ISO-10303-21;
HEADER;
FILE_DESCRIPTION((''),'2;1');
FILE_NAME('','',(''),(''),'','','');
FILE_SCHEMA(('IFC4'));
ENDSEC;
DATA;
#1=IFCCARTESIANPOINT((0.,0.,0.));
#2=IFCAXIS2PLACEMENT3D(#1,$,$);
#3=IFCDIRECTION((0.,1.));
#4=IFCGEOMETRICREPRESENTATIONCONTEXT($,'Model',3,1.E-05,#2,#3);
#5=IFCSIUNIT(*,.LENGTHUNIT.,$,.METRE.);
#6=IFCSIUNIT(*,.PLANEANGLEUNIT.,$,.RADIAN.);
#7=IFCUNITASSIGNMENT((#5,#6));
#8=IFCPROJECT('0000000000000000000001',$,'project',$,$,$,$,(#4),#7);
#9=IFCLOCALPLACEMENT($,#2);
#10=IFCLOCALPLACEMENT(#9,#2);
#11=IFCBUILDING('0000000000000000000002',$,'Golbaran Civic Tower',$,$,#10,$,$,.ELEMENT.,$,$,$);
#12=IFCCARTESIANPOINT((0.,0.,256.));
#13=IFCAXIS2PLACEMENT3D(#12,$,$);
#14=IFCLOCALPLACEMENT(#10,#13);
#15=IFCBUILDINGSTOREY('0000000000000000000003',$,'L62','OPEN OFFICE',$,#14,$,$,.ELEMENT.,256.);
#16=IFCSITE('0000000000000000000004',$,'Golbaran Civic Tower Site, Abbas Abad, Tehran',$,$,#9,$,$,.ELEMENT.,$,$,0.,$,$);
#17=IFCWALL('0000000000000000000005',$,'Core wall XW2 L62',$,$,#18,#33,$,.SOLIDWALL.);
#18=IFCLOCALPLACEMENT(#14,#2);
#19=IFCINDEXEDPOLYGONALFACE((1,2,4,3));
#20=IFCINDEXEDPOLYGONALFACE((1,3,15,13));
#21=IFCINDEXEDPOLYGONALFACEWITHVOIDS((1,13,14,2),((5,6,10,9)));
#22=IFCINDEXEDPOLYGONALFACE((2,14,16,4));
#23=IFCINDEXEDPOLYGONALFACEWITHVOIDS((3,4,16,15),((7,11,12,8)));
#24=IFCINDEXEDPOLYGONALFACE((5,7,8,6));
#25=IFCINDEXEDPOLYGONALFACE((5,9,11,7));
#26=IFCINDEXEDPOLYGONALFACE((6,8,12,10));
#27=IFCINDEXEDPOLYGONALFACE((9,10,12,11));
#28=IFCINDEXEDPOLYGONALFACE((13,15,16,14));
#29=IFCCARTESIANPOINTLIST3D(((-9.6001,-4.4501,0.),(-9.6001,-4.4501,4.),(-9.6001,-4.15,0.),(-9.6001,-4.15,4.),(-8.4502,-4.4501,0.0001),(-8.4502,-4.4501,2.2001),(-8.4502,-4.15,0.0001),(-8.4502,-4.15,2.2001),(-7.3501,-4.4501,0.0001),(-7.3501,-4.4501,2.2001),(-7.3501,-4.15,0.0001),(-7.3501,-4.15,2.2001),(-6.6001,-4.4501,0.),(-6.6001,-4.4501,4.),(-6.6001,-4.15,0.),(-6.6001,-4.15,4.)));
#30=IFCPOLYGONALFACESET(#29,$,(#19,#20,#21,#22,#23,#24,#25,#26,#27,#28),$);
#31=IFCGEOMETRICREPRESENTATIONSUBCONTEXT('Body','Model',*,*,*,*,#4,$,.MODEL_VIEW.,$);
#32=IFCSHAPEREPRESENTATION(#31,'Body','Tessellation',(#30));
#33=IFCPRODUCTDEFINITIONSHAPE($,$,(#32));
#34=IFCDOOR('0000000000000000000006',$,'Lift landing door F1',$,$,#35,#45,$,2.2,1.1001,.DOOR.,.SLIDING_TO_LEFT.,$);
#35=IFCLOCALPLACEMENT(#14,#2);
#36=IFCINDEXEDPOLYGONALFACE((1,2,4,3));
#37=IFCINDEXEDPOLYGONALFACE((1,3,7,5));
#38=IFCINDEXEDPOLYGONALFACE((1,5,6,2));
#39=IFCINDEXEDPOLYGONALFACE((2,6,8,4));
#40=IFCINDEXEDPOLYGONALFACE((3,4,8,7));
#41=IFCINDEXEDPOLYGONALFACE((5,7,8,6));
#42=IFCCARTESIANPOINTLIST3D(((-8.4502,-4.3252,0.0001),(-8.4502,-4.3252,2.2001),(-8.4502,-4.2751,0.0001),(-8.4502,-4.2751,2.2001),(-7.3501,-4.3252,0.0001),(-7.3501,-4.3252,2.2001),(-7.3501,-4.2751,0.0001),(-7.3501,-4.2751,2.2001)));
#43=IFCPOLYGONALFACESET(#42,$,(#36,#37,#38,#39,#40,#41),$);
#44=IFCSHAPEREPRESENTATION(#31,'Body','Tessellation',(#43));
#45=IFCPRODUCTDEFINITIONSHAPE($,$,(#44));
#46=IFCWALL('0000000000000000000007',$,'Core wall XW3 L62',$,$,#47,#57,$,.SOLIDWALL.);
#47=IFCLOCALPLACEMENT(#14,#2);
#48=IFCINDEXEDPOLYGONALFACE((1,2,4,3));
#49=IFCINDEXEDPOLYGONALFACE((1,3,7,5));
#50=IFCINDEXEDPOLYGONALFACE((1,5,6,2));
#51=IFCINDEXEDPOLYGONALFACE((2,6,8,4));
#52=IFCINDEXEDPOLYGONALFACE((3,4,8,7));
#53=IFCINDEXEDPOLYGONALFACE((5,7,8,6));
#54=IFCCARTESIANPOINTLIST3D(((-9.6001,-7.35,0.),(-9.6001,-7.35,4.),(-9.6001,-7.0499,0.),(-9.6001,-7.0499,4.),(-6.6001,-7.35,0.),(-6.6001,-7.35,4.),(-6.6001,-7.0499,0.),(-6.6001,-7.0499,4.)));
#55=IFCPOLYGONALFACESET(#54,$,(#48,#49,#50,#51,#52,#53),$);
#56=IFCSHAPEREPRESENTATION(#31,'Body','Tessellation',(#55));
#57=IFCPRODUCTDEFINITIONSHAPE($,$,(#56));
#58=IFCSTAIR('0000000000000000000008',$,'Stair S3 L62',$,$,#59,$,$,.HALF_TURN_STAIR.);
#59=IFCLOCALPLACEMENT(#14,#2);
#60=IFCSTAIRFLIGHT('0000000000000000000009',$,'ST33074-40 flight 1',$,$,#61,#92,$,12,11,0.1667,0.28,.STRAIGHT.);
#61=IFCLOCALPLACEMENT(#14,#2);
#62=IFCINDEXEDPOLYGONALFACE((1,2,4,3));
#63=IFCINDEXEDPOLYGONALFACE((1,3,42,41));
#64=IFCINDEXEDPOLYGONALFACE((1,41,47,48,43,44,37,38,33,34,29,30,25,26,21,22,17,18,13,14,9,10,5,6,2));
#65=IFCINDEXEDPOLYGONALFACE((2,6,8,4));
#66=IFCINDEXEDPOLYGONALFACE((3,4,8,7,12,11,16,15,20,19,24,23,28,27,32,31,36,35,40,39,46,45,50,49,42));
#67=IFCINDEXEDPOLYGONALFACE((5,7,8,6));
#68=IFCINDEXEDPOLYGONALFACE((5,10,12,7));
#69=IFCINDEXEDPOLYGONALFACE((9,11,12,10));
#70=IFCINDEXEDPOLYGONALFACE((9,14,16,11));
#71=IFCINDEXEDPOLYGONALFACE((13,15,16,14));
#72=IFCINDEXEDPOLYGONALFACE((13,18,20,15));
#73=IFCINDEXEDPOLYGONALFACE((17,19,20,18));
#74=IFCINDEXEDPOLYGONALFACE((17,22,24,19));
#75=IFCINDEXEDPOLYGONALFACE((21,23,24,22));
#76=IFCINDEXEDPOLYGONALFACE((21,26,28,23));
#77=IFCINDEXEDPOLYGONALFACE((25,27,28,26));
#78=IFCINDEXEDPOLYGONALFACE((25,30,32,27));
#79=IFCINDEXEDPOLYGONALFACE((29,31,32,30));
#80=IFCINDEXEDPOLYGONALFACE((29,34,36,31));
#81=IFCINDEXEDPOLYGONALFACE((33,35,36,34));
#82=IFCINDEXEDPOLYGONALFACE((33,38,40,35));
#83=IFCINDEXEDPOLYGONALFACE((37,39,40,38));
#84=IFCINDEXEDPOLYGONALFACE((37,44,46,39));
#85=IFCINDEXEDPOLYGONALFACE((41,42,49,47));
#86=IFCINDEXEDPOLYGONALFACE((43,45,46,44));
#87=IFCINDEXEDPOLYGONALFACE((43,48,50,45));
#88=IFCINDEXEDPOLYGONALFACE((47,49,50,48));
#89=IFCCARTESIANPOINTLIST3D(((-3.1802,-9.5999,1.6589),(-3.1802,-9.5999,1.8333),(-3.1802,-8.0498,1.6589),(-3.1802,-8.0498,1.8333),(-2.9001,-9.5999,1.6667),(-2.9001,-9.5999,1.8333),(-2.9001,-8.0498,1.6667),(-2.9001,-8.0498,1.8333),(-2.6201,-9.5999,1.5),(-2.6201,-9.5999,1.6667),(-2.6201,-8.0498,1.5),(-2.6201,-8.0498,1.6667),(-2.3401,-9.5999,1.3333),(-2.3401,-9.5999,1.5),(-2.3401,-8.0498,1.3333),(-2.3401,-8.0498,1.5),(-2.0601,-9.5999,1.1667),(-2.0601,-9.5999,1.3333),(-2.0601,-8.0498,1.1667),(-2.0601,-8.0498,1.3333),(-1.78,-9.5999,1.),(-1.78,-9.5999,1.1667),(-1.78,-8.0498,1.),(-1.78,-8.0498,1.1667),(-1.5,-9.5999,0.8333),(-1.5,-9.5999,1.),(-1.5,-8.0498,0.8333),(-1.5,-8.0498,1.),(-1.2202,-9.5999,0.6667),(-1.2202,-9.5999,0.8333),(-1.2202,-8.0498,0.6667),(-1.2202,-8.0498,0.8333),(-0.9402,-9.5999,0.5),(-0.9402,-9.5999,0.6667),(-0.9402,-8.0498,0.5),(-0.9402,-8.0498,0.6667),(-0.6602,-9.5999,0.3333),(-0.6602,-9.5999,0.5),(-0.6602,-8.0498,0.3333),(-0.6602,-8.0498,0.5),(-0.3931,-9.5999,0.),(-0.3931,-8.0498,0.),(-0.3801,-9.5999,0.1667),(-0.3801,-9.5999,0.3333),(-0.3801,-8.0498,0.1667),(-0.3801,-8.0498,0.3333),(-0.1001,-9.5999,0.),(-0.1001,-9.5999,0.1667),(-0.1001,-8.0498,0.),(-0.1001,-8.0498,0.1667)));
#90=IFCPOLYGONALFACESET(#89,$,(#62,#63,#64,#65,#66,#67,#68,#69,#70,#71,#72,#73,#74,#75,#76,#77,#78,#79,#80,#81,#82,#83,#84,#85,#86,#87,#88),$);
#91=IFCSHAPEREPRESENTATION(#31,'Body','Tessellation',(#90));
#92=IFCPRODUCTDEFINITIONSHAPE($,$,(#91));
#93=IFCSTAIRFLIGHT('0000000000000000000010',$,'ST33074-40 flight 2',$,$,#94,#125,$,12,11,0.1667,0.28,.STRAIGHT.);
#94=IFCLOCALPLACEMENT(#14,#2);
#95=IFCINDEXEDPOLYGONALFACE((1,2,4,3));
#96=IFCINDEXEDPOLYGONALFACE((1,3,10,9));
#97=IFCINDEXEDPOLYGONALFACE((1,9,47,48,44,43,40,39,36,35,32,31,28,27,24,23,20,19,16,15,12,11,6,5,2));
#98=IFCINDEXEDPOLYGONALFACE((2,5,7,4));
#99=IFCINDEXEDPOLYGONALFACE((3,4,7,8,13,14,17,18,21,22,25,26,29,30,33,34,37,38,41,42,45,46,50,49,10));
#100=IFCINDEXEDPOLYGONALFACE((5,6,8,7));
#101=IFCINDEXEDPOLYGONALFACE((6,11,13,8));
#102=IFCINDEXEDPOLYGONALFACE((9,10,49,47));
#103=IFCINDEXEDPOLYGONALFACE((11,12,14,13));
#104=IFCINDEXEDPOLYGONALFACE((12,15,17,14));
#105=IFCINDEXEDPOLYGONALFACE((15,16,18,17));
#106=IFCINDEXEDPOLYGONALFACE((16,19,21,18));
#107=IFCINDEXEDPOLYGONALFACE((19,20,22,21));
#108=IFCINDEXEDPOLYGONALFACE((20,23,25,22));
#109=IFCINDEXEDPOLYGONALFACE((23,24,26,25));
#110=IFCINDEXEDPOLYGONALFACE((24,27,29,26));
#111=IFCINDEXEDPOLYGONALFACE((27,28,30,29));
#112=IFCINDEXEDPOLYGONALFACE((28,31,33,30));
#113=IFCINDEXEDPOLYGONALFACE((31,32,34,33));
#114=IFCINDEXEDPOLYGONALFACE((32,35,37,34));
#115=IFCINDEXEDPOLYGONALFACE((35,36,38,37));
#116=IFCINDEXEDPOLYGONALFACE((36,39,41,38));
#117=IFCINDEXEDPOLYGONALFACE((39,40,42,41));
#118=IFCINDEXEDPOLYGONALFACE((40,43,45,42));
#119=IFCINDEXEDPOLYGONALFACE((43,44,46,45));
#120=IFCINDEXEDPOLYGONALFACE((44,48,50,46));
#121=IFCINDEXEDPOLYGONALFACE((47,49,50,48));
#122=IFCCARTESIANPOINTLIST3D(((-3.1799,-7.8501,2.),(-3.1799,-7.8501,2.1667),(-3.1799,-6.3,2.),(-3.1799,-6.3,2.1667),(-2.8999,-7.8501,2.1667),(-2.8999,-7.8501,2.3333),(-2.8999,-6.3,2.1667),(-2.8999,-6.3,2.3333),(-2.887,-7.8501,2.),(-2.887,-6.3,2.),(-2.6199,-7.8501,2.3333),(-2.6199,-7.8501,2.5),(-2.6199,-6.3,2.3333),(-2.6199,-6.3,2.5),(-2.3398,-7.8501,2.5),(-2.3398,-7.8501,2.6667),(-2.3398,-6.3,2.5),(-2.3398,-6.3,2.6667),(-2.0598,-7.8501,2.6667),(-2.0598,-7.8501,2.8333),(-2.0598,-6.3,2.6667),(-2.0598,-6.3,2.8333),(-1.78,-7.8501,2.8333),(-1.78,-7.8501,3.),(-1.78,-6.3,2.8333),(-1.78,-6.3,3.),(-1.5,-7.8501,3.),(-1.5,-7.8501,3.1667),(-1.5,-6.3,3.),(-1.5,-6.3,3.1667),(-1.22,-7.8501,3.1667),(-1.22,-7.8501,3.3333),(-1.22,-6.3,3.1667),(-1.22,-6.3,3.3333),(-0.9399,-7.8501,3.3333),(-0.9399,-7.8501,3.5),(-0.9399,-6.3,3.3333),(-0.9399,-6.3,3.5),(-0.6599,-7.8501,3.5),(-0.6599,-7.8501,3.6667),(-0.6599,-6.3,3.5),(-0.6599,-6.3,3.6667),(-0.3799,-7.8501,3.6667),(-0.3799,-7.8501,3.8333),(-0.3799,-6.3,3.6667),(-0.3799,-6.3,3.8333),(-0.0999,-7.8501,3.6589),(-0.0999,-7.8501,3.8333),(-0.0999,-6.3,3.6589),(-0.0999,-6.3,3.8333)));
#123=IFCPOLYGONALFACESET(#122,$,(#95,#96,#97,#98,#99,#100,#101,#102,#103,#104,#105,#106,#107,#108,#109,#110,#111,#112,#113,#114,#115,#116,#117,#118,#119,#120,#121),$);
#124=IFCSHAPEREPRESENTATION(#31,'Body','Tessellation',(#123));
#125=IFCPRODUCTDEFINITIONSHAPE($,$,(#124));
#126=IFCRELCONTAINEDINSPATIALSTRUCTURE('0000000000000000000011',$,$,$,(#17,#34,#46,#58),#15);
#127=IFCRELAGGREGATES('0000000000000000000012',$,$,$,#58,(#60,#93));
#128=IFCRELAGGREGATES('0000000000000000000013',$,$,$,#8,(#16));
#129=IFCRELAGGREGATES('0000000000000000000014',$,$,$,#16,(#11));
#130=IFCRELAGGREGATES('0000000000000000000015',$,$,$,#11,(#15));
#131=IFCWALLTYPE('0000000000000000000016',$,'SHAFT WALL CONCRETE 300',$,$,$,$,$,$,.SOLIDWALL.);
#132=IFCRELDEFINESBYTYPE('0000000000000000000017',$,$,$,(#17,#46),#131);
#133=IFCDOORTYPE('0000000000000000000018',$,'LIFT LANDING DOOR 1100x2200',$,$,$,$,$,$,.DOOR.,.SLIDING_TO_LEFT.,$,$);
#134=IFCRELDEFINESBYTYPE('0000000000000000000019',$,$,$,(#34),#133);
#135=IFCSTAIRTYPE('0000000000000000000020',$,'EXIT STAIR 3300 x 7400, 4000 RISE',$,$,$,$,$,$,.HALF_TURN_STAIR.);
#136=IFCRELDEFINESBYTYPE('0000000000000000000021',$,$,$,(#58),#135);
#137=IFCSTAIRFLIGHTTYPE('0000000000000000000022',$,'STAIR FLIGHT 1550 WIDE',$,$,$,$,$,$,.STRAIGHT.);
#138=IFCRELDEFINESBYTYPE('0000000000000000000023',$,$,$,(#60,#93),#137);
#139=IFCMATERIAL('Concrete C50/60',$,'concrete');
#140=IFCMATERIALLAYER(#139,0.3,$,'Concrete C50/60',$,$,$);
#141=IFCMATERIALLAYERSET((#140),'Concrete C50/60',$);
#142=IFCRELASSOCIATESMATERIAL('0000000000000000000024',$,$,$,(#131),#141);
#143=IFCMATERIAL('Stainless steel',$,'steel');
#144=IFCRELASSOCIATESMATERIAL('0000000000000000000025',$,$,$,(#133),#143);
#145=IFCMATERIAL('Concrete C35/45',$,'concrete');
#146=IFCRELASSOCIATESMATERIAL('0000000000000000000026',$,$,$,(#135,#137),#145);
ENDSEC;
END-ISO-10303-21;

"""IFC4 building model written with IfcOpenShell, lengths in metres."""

from ifc_helpers import new_model, si_unit, direction, frame, frame_2d, origin, place, context, subcontext, project, spatial, polyline, rectangle, outline, extrude, material, layer, layer_set, type_object, element, fill, aggregate, save


model = new_model("IFC4")

# Units and contexts
model_context = context("Model", 3, precision=1e-05, world=origin(), true_north=direction((0.0, 1.0)))
body_context = subcontext(model_context, "Body", "Model", "MODEL_VIEW")
ifc_project = project(units=[si_unit("LENGTHUNIT", "METRE"), si_unit("PLANEANGLEUNIT", "RADIAN")], contexts=[model_context])

# Site, building, storey
site_placement = place(None, origin())
site = spatial("IfcSite", under=ifc_project, at=site_placement, Name="Golbaran Civic Tower Site, Abbas Abad, Tehran", CompositionType="ELEMENT", RefElevation=0.0)
building_placement = place(site_placement, origin())
building = spatial("IfcBuilding", under=site, at=building_placement, Name="Golbaran Civic Tower", CompositionType="ELEMENT")
storey_placement = place(building_placement, frame((0.0, 0.0, 256.0)))
storey = spatial("IfcBuildingStorey", under=building, at=storey_placement, Name="L62", Description="OPEN OFFICE", CompositionType="ELEMENT", Elevation=256.0)

# Shared definitions
ifc_material_1 = material(Name="Concrete C50/60", Category="concrete")

# Shared definitions
ifc_layer_1 = layer(ifc_material_1, 0.3, Name="Concrete C50/60")
ifc_layer_set_1 = layer_set([ifc_layer_1], Name="Concrete C50/60")
wall_type_1 = type_object("IfcWallType", Name="SHAFT WALL CONCRETE 300", PredefinedType="SOLIDWALL", material=ifc_layer_set_1)

# Wall, opening, door
wall_1_placement = place(storey_placement, frame((-9.6001, -4.3, 0.0), z_axis=(0.0, 0.0, 1.0), x_axis=(1.0, 0.0, 0.0)))
wall_1 = element("IfcWall", 1, at=wall_1_placement, inside=storey, type_object=wall_type_1, Name="Core wall XW2 L62", PredefinedType="SOLIDWALL", context=body_context, shape_type="SweptSolid", body=[
    extrude(rectangle(XDim=3.0, YDim=0.3, at=frame_2d((1.5, 0.0))), origin(), (0.0, 0.0, 1.0), 4.0),
])
opening_1_placement = place(wall_1_placement, frame((1.1499, 0.0, 0.0)))
opening_1 = element("IfcOpeningElement", 2, at=opening_1_placement, cuts=wall_1, PredefinedType="OPENING", context=body_context, shape_type="SweptSolid", body=[
    extrude(rectangle(XDim=1.1001, YDim=2.2, at=frame_2d((0.55, 1.1001))), frame((0.0, 0.1599, 0.0), z_axis=(0.0, -1.0, 0.0), x_axis=(1.0, 0.0, 0.0)), (0.0, 0.0, 1.0), 0.3201),
])
ifc_material_2 = material(Name="Stainless steel", Category="steel")
door_type_1 = type_object("IfcDoorType", Name="LIFT LANDING DOOR 1100x2200", OperationType="SLIDING_TO_LEFT", PredefinedType="DOOR", material=ifc_material_2)
door_1_placement = place(opening_1_placement, origin())
door_1 = element("IfcDoor", 3, at=door_1_placement, inside=storey, type_object=door_type_1, Name="Lift landing door F1", OperationType="SLIDING_TO_LEFT", OverallHeight=2.2, OverallWidth=1.1001, PredefinedType="DOOR", context=body_context, shape_type="SweptSolid", body=[
    extrude(rectangle(XDim=1.1001, YDim=2.2, at=frame_2d((0.55, 1.1001))), frame((0.0, 0.0249, 0.0), z_axis=(0.0, -1.0, 0.0), x_axis=(1.0, 0.0, 0.0)), (0.0, 0.0, 1.0), 0.05),
])
fill(opening_1, door_1)

# Wall
wall_2_placement = place(storey_placement, frame((-9.6001, -7.2, 0.0), z_axis=(0.0, 0.0, 1.0), x_axis=(1.0, 0.0, 0.0)))
element("IfcWall", 4, at=wall_2_placement, inside=storey, type_object=wall_type_1, Name="Core wall XW3 L62", PredefinedType="SOLIDWALL", context=body_context, shape_type="SweptSolid", body=[
    extrude(rectangle(XDim=3.0, YDim=0.3, at=frame_2d((1.5, 0.0))), origin(), (0.0, 0.0, 1.0), 4.0),
])

# Stair, stair flights
ifc_material_3 = material(Name="Concrete C35/45", Category="concrete")
stair_type = type_object("IfcStairType", Name="EXIT STAIR 3300 x 7400, 4000 RISE", PredefinedType="HALF_TURN_STAIR", material=ifc_material_3)
stair_placement = place(storey_placement, origin())
stair = element("IfcStair", 5, at=stair_placement, inside=storey, type_object=stair_type, Name="Stair S3 L62", PredefinedType="HALF_TURN_STAIR")
stair_flight_type = type_object("IfcStairFlightType", Name="STAIR FLIGHT 1550 WIDE", PredefinedType="STRAIGHT", material=ifc_material_3)
stair_flight_1_placement = place(storey_placement, frame((-0.1001, -8.825, 0.0), z_axis=(0.0, 0.0, 1.0), x_axis=(-1.0, 0.0, 0.0)))
stair_flight_1 = element("IfcStairFlight", 6, at=stair_flight_1_placement, type_object=stair_flight_type, Name="ST33074-40 flight 1", NumberOfRisers=12, NumberOfTreads=11, PredefinedType="STRAIGHT", RiserHeight=0.1667, TreadLength=0.28, context=body_context, shape_type="SweptSolid", body=[
    extrude(outline(polyline([(0.0, 0.0), (0.0, 0.1667), (0.28, 0.1667), (0.28, 0.3333), (0.5601, 0.3333), (0.5601, 0.5), (0.8401, 0.5), (0.8401, 0.6667), (1.1201, 0.6667), (1.1201, 0.8333), (1.3999, 0.8333), (1.3999, 1.0), (1.6799, 1.0), (1.6799, 1.1667), (1.96, 1.1667), (1.96, 1.3333), (2.24, 1.3333), (2.24, 1.5), (2.52, 1.5), (2.52, 1.6667), (2.8, 1.6667), (2.8, 1.8333), (3.0801, 1.8333), (3.0801, 2.0), (3.0801, 1.6589), (0.293, 0.0), (0.0, 0.0)])), frame((0.0, 0.7749, 0.0), z_axis=(0.0, -1.0, 0.0), x_axis=(1.0, 0.0, 0.0)), (0.0, 0.0, 1.0), 1.55),
])
stair_flight_2_placement = place(storey_placement, frame((-3.1799, -7.075, 2.0), z_axis=(0.0, 0.0, 1.0), x_axis=(1.0, 0.0, 0.0)))
stair_flight_2 = element("IfcStairFlight", 7, at=stair_flight_2_placement, type_object=stair_flight_type, Name="ST33074-40 flight 2", NumberOfRisers=12, NumberOfTreads=11, PredefinedType="STRAIGHT", RiserHeight=0.1667, TreadLength=0.28, context=body_context, shape_type="SweptSolid", body=[
    extrude(outline(polyline([(0.0, 0.0), (0.0, 0.1667), (0.28, 0.1667), (0.28, 0.3333), (0.5601, 0.3333), (0.5601, 0.5), (0.8401, 0.5), (0.8401, 0.6667), (1.1201, 0.6667), (1.1201, 0.8333), (1.3999, 0.8333), (1.3999, 1.0), (1.6799, 1.0), (1.6799, 1.1667), (1.96, 1.1667), (1.96, 1.3333), (2.24, 1.3333), (2.24, 1.5), (2.52, 1.5), (2.52, 1.6667), (2.8, 1.6667), (2.8, 1.8333), (3.0801, 1.8333), (3.0801, 2.0), (3.0801, 1.6589), (0.293, 0.0), (0.0, 0.0)])), frame((0.0, 0.7749, 0.0), z_axis=(0.0, -1.0, 0.0), x_axis=(1.0, 0.0, 0.0)), (0.0, 0.0, 1.0), 1.55),
])
aggregate(stair, [stair_flight_1, stair_flight_2])

save(model, "model.ifc")
